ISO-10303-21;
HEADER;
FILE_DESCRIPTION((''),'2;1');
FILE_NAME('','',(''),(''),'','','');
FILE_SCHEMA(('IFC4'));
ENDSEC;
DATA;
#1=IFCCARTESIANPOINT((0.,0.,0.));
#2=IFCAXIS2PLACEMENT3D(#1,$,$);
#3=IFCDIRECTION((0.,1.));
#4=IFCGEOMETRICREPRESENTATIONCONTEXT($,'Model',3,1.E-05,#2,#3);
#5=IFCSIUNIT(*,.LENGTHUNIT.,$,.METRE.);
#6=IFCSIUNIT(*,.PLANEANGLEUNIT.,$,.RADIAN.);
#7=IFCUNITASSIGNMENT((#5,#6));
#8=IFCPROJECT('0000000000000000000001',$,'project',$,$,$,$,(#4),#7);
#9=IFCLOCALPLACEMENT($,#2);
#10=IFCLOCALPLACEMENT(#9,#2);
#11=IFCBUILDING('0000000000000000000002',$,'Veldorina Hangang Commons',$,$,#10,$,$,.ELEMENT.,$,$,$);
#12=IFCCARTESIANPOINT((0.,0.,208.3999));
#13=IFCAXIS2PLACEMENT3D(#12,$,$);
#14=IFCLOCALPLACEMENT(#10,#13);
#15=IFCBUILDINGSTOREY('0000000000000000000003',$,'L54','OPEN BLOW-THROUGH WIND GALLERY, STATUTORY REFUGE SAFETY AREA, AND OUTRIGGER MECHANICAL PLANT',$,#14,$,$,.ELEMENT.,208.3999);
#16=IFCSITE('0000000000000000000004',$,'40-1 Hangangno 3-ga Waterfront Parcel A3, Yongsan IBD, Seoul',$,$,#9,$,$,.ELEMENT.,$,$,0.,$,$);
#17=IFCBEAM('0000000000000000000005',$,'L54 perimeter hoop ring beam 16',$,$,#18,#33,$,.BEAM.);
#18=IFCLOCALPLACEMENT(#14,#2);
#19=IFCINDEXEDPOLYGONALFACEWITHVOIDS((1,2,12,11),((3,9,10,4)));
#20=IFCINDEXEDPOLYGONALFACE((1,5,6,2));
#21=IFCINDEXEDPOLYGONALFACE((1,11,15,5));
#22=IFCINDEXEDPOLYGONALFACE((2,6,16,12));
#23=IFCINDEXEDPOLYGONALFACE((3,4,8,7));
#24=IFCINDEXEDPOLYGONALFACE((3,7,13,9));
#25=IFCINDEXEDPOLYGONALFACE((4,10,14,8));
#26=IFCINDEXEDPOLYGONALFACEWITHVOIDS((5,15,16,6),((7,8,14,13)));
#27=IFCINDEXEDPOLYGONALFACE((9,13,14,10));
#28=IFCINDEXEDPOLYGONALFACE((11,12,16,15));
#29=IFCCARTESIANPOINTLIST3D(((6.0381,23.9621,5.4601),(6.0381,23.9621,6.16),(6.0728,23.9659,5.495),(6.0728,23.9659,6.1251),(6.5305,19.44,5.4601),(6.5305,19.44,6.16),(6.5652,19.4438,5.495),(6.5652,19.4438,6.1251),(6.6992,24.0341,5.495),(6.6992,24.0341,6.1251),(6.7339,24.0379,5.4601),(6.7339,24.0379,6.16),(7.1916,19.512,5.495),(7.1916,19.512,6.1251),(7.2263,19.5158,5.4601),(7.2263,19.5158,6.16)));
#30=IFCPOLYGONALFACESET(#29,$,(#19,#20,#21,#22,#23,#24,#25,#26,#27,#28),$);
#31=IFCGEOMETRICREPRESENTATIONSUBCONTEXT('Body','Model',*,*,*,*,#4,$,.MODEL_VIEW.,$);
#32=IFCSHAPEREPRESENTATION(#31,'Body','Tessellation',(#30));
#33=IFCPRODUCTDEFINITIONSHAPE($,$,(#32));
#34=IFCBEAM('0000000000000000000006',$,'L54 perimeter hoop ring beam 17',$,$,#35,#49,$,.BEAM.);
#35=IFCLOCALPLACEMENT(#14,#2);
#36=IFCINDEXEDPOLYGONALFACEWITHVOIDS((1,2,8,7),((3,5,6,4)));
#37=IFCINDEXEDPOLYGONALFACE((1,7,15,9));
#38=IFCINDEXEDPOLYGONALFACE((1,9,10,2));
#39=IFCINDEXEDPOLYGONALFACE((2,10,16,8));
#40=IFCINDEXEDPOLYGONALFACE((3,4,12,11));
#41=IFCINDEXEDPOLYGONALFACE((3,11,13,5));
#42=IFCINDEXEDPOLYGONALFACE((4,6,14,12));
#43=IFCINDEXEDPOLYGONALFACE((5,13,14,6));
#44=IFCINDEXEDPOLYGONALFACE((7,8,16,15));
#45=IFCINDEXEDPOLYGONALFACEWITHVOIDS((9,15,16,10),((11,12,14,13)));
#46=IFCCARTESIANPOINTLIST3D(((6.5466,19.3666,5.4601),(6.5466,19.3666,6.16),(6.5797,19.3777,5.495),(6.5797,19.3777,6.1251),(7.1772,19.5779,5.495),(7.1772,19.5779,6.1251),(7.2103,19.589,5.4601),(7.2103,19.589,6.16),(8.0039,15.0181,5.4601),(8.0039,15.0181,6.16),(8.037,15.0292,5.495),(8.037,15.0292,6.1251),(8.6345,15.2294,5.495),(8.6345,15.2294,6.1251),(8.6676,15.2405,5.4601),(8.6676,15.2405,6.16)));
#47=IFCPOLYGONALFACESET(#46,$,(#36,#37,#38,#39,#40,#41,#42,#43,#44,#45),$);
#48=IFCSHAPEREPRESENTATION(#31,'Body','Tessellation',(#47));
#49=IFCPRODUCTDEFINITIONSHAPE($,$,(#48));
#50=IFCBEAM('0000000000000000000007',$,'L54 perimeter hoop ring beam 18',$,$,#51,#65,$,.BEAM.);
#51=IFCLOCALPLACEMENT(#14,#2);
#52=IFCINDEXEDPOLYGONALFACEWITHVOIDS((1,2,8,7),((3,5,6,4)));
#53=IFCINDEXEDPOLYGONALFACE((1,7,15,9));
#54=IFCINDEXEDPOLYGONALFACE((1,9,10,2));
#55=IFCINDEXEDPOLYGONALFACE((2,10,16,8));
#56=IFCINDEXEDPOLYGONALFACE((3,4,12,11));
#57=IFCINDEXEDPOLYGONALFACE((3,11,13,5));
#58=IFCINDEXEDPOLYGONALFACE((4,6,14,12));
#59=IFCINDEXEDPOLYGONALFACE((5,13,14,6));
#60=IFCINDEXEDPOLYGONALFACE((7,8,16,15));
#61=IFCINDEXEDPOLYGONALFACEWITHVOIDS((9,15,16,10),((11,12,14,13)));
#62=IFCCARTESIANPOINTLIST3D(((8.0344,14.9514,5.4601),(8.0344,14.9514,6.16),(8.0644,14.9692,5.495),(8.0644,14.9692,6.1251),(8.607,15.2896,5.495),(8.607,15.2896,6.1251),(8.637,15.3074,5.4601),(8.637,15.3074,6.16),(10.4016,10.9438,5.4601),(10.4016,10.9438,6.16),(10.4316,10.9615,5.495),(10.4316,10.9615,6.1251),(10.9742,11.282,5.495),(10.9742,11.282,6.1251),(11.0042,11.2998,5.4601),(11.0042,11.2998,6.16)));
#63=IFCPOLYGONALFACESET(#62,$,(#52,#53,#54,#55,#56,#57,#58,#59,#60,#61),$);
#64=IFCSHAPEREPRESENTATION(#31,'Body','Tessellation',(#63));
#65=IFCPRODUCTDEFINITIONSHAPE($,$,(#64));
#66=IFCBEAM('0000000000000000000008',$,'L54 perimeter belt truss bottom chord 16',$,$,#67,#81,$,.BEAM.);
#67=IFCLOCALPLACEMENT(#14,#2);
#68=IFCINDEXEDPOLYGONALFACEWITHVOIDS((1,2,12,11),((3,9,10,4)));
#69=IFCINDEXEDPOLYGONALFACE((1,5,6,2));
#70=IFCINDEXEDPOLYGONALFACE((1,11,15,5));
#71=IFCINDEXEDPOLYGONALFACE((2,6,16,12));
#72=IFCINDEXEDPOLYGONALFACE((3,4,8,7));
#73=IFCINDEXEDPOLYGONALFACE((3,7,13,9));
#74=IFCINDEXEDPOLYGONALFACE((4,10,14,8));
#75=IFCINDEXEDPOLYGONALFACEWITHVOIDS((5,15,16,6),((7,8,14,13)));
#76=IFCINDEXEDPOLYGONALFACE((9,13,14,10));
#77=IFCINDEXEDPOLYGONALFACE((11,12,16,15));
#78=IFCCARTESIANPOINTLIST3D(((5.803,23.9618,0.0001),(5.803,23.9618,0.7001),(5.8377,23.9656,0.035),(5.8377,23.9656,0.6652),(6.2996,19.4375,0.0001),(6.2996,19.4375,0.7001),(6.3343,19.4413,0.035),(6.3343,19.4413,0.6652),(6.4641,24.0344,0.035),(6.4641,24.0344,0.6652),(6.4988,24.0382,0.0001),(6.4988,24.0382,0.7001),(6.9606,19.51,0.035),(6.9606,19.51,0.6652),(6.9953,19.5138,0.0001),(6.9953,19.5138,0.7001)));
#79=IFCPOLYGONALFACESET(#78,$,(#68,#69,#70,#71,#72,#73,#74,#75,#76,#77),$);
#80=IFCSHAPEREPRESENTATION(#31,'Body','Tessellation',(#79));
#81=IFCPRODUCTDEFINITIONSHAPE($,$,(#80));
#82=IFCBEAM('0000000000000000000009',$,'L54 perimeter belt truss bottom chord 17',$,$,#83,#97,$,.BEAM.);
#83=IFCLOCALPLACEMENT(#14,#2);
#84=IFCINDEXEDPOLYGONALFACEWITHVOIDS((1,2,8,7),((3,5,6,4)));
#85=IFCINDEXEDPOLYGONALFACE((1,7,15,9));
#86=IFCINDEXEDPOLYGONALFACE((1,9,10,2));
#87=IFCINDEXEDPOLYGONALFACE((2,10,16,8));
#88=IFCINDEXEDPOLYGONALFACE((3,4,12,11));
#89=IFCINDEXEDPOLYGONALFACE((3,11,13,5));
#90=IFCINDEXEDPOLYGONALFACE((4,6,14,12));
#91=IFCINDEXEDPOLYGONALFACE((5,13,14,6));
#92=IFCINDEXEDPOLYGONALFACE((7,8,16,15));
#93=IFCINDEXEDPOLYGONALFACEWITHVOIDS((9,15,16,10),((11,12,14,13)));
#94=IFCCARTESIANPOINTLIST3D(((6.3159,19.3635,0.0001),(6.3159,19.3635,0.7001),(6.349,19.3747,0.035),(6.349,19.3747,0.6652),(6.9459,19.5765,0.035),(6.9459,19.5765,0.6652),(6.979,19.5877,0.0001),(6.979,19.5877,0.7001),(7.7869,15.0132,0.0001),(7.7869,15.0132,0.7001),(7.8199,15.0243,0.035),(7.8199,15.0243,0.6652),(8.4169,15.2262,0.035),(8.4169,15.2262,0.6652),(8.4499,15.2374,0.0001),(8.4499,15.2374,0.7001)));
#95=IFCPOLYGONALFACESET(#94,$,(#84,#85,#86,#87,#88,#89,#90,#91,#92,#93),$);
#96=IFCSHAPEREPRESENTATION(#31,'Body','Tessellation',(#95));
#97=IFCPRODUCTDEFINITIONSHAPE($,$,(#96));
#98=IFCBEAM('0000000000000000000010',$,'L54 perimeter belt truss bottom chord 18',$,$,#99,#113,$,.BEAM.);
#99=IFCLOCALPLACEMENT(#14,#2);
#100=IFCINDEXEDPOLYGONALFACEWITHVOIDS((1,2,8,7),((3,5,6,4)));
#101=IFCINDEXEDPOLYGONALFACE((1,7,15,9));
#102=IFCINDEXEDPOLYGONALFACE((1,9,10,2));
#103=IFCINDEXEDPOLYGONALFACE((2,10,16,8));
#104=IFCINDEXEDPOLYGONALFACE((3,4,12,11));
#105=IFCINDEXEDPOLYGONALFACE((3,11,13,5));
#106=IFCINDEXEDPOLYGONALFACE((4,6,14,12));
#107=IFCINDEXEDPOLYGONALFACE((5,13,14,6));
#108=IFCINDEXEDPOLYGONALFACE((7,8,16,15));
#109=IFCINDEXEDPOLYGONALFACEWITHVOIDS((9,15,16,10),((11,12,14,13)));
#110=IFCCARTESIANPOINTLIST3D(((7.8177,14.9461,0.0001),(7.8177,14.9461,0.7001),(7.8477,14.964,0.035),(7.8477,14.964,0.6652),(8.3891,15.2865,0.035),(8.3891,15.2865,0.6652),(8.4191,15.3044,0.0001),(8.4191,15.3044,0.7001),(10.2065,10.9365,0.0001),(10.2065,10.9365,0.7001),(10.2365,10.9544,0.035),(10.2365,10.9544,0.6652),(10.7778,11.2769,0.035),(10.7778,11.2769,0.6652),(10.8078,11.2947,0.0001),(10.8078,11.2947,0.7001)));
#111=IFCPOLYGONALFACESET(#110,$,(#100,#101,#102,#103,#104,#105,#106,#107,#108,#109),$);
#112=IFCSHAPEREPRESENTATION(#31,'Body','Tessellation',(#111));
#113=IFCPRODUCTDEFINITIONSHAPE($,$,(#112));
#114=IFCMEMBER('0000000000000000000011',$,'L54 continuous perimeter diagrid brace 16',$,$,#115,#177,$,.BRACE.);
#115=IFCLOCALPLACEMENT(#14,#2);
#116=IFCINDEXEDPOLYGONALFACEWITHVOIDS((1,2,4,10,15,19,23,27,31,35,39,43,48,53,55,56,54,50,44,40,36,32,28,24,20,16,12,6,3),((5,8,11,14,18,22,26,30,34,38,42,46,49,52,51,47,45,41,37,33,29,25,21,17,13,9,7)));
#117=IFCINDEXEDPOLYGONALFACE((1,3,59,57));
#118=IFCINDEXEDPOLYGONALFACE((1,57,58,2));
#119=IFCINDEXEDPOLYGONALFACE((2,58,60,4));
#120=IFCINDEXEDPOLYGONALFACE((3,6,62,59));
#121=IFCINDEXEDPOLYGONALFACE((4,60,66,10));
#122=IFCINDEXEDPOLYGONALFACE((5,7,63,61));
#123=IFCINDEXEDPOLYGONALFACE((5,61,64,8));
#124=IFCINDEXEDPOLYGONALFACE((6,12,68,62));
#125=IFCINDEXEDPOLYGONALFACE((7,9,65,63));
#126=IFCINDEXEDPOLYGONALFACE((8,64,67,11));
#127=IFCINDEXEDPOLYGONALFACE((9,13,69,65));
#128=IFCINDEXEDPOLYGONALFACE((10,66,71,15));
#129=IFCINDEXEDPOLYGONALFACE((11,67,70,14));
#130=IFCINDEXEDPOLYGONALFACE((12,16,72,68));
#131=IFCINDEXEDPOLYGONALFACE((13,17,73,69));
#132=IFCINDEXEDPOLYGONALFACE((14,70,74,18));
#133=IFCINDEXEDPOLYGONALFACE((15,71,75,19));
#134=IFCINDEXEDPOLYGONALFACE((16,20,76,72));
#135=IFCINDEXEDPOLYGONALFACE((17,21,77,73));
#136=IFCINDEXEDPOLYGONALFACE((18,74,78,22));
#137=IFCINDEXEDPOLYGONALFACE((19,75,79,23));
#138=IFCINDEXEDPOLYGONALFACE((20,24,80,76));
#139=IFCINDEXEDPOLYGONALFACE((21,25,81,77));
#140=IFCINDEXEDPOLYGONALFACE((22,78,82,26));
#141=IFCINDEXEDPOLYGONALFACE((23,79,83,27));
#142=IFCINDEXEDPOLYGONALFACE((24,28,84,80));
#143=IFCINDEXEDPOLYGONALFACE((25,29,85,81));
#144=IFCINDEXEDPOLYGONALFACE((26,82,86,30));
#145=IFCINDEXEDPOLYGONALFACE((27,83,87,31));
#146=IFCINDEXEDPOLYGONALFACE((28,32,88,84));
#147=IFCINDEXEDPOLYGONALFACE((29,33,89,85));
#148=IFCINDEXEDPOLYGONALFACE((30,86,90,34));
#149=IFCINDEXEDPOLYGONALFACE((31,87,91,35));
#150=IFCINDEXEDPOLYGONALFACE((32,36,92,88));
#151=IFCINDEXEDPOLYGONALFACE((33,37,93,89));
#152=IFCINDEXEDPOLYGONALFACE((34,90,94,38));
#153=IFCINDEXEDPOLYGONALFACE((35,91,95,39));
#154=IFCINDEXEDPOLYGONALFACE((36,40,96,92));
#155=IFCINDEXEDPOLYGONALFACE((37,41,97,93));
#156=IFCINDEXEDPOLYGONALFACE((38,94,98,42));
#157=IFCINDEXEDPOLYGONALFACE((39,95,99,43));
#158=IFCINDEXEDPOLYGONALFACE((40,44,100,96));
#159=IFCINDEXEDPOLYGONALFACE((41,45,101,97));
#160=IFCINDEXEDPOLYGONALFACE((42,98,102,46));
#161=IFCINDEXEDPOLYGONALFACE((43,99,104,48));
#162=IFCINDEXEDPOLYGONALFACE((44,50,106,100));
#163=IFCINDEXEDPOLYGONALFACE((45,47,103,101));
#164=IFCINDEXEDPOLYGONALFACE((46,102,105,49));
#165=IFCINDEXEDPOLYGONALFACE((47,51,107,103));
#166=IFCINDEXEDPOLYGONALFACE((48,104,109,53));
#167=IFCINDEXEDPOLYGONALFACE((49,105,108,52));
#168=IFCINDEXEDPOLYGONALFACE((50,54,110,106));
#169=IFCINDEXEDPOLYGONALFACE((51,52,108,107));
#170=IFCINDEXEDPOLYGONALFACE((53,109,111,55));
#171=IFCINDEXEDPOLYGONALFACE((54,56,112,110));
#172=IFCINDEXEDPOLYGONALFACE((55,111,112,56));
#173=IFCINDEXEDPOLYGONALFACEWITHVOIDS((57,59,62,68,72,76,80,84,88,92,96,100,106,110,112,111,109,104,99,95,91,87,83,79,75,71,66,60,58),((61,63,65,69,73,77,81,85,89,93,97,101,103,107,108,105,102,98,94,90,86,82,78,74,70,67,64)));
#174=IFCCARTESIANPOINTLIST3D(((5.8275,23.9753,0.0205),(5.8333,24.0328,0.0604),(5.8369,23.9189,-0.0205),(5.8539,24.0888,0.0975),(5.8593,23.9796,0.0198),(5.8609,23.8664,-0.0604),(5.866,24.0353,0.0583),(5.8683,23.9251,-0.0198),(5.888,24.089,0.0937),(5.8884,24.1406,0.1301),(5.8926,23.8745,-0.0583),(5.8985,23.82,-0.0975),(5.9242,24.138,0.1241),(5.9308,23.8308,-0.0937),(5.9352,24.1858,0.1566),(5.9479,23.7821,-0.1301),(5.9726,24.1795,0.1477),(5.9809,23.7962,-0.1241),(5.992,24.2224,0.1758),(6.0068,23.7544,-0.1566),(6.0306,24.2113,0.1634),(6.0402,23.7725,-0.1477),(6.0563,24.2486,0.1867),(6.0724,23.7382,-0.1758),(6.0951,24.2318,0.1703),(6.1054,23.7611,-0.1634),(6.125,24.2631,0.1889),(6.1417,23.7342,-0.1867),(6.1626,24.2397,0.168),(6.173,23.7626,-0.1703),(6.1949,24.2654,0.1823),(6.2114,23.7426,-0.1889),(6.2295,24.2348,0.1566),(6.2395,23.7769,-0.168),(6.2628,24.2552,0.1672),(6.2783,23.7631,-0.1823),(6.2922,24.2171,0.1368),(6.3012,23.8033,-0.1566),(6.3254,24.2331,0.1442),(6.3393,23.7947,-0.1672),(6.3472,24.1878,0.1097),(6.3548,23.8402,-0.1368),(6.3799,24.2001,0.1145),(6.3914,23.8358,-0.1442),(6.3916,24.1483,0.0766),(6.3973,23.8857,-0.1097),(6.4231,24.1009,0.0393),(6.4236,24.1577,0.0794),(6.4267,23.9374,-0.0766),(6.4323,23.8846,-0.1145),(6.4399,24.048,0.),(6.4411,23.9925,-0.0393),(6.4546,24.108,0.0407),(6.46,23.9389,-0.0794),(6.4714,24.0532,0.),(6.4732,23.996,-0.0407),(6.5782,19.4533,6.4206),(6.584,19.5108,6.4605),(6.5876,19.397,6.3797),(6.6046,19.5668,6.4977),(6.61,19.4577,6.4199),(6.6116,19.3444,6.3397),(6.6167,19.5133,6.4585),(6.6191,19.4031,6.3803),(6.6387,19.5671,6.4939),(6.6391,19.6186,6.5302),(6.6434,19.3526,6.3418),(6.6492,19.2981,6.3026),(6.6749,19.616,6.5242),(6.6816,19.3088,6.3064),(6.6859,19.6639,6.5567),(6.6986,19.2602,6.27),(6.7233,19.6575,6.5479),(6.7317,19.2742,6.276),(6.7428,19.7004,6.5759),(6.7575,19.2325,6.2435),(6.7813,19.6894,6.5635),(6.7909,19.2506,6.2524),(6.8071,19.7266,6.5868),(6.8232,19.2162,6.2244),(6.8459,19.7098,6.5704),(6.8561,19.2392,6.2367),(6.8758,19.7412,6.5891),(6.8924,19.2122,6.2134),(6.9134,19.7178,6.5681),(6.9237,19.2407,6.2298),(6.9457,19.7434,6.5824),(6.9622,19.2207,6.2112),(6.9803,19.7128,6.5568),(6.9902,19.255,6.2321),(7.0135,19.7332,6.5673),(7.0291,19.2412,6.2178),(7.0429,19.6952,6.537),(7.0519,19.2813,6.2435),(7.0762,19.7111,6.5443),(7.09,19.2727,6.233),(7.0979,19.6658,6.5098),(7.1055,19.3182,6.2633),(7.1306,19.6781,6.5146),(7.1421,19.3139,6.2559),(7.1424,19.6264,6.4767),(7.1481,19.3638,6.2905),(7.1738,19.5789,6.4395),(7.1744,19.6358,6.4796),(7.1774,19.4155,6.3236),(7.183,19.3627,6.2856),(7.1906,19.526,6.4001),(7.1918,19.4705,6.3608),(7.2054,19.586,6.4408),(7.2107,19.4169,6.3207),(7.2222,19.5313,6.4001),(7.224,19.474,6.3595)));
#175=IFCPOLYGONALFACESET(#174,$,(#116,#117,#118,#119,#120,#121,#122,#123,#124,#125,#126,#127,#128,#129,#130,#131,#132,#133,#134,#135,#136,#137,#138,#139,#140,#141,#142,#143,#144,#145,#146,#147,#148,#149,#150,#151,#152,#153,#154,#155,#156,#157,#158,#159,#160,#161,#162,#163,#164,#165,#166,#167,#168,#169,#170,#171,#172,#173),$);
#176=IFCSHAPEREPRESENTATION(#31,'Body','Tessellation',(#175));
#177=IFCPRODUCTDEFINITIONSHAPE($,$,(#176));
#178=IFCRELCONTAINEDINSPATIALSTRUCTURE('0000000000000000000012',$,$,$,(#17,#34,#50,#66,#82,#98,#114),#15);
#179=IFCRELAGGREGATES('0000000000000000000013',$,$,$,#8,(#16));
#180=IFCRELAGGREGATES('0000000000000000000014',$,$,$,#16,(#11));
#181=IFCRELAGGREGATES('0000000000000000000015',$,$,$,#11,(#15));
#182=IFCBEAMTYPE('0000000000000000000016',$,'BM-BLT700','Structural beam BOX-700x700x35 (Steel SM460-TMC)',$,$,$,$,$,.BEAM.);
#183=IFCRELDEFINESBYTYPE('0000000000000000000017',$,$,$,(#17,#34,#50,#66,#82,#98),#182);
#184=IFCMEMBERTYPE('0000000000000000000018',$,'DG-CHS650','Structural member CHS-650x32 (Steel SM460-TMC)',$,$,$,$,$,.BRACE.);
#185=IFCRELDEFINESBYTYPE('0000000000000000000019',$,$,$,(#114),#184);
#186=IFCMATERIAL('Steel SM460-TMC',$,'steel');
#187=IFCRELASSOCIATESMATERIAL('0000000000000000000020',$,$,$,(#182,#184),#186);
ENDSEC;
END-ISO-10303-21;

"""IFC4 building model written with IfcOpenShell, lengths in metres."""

from ifc_helpers import new_model, si_unit, direction, frame, origin, origin_2d, place, context, subcontext, project, spatial, hollow_rectangle, hollow_circle, extrude, material, material_profile, profile_set, type_object, element, save


model = new_model("IFC4")

# Units and contexts
model_context = context("Model", 3, precision=1e-05, world=origin(), true_north=direction((0.0, 1.0)))
body_context = subcontext(model_context, "Body", "Model", "MODEL_VIEW")
ifc_project = project(units=[si_unit("LENGTHUNIT", "METRE"), si_unit("PLANEANGLEUNIT", "RADIAN")], contexts=[model_context])

# Site, building, storey
site_placement = place(None, origin())
site = spatial("IfcSite", under=ifc_project, at=site_placement, Name="40-1 Hangangno 3-ga Waterfront Parcel A3, Yongsan IBD, Seoul", CompositionType="ELEMENT", RefElevation=0.0)
building_placement = place(site_placement, origin())
building = spatial("IfcBuilding", under=site, at=building_placement, Name="Veldorina Hangang Commons", CompositionType="ELEMENT")
storey_placement = place(building_placement, frame((0.0, 0.0, 208.3999)))
storey = spatial("IfcBuildingStorey", under=building, at=storey_placement, Name="L54", Description="OPEN BLOW-THROUGH WIND GALLERY, STATUTORY REFUGE SAFETY AREA, AND OUTRIGGER MECHANICAL PLANT", CompositionType="ELEMENT", Elevation=208.3999)

# Beams
ifc_material_1 = material(Name="Steel SM460-TMC", Category="steel")
ifc_material_profile_1 = material_profile(ifc_material_1, hollow_rectangle(XDim=0.7, YDim=0.7, WallThickness=0.0349, at=origin_2d()), Name="BOX-700x700x35")
ifc_profile_set_1 = profile_set([ifc_material_profile_1], Name="Steel SM460-TMC")
beam_type = type_object("IfcBeamType", Name="BM-BLT700", Description="Structural beam BOX-700x700x35 (Steel SM460-TMC)", PredefinedType="BEAM", material=ifc_profile_set_1)
beam_1_placement = place(storey_placement, frame((6.386, 24.0, 5.8101), z_axis=(0.108252, -0.994124, 0.0), x_axis=(0.994124, 0.108252, 0.0)))
element("IfcBeam", 1, at=beam_1_placement, inside=storey, type_object=beam_type, Name="L54 perimeter hoop ring beam 16", PredefinedType="BEAM", context=body_context, shape_type="SweptSolid", body=[
    extrude(hollow_rectangle(XDim=0.7, YDim=0.7, WallThickness=0.0349, at=origin_2d()), origin(), (0.0, 0.0, 1.0), 4.5488),
])
beam_2_placement = place(storey_placement, frame((6.8784, 19.4778, 5.8101), z_axis=(0.317761, -0.948171, 0.0), x_axis=(0.948171, 0.317761, 0.0)))
element("IfcBeam", 2, at=beam_2_placement, inside=storey, type_object=beam_type, Name="L54 perimeter hoop ring beam 17", PredefinedType="BEAM", context=body_context, shape_type="SweptSolid", body=[
    extrude(hollow_rectangle(XDim=0.7, YDim=0.7, WallThickness=0.0349, at=origin_2d()), origin(), (0.0, 0.0, 1.0), 4.5862),
])
beam_3_placement = place(storey_placement, frame((8.3357, 15.1294, 5.8101), z_axis=(0.508583, -0.861013, 0.0), x_axis=(0.861013, 0.508583, 0.0)))
element("IfcBeam", 3, at=beam_3_placement, inside=storey, type_object=beam_type, Name="L54 perimeter hoop ring beam 18", PredefinedType="BEAM", context=body_context, shape_type="SweptSolid", body=[
    extrude(hollow_rectangle(XDim=0.7, YDim=0.7, WallThickness=0.0349, at=origin_2d()), origin(), (0.0, 0.0, 1.0), 4.6545),
])
beam_4_placement = place(storey_placement, frame((6.1509, 24.0, 0.3501), z_axis=(0.109101, -0.994031, 0.0), x_axis=(0.994031, 0.109101, 0.0)))
element("IfcBeam", 4, at=beam_4_placement, inside=storey, type_object=beam_type, Name="L54 perimeter belt truss bottom chord 16", PredefinedType="BEAM", context=body_context, shape_type="SweptSolid", body=[
    extrude(hollow_rectangle(XDim=0.7, YDim=0.7, WallThickness=0.0349, at=origin_2d()), origin(), (0.0, 0.0, 1.0), 4.5515),
])
beam_5_placement = place(storey_placement, frame((6.6475, 19.4756, 0.3501), z_axis=(0.320308, -0.947314, 0.0), x_axis=(0.947314, 0.320308, 0.0)))
element("IfcBeam", 5, at=beam_5_placement, inside=storey, type_object=beam_type, Name="L54 perimeter belt truss bottom chord 17", PredefinedType="BEAM", context=body_context, shape_type="SweptSolid", body=[
    extrude(hollow_rectangle(XDim=0.7, YDim=0.7, WallThickness=0.0349, at=origin_2d()), origin(), (0.0, 0.0, 1.0), 4.5923),
])
beam_6_placement = place(storey_placement, frame((8.1184, 15.1252, 0.3501), z_axis=(0.511808, -0.8591, 0.0), x_axis=(0.8591, 0.511808, 0.0)))
element("IfcBeam", 6, at=beam_6_placement, inside=storey, type_object=beam_type, Name="L54 perimeter belt truss bottom chord 18", PredefinedType="BEAM", context=body_context, shape_type="SweptSolid", body=[
    extrude(hollow_rectangle(XDim=0.7, YDim=0.7, WallThickness=0.0349, at=origin_2d()), origin(), (0.0, 0.0, 1.0), 4.6672),
])

# Member
ifc_material_profile_2 = material_profile(ifc_material_1, hollow_circle(Radius=0.325, WallThickness=0.032, at=origin_2d()), Name="CHS-650x32")
ifc_profile_set_2 = profile_set([ifc_material_profile_2], Name="Steel SM460-TMC")
member_type_1 = type_object("IfcMemberType", Name="DG-CHS650", Description="Structural member CHS-650x32 (Steel SM460-TMC)", PredefinedType="BRACE", material=ifc_profile_set_2)
member_1_placement = place(storey_placement, frame((6.1509, 24.0, 0.0), z_axis=(0.095363, -0.574413, 0.812992), x_axis=(0.986497, 0.163777, 0.0)))
element("IfcMember", 7, at=member_1_placement, inside=storey, type_object=member_type_1, Name="L54 continuous perimeter diagrid brace 16", PredefinedType="BRACE", context=body_context, shape_type="SweptSolid", body=[
    extrude(hollow_circle(Radius=0.325, WallThickness=0.032, at=origin_2d()), origin(), (0.0, 0.0, 1.0), 7.8723),
])

save(model, "model.ifc")
